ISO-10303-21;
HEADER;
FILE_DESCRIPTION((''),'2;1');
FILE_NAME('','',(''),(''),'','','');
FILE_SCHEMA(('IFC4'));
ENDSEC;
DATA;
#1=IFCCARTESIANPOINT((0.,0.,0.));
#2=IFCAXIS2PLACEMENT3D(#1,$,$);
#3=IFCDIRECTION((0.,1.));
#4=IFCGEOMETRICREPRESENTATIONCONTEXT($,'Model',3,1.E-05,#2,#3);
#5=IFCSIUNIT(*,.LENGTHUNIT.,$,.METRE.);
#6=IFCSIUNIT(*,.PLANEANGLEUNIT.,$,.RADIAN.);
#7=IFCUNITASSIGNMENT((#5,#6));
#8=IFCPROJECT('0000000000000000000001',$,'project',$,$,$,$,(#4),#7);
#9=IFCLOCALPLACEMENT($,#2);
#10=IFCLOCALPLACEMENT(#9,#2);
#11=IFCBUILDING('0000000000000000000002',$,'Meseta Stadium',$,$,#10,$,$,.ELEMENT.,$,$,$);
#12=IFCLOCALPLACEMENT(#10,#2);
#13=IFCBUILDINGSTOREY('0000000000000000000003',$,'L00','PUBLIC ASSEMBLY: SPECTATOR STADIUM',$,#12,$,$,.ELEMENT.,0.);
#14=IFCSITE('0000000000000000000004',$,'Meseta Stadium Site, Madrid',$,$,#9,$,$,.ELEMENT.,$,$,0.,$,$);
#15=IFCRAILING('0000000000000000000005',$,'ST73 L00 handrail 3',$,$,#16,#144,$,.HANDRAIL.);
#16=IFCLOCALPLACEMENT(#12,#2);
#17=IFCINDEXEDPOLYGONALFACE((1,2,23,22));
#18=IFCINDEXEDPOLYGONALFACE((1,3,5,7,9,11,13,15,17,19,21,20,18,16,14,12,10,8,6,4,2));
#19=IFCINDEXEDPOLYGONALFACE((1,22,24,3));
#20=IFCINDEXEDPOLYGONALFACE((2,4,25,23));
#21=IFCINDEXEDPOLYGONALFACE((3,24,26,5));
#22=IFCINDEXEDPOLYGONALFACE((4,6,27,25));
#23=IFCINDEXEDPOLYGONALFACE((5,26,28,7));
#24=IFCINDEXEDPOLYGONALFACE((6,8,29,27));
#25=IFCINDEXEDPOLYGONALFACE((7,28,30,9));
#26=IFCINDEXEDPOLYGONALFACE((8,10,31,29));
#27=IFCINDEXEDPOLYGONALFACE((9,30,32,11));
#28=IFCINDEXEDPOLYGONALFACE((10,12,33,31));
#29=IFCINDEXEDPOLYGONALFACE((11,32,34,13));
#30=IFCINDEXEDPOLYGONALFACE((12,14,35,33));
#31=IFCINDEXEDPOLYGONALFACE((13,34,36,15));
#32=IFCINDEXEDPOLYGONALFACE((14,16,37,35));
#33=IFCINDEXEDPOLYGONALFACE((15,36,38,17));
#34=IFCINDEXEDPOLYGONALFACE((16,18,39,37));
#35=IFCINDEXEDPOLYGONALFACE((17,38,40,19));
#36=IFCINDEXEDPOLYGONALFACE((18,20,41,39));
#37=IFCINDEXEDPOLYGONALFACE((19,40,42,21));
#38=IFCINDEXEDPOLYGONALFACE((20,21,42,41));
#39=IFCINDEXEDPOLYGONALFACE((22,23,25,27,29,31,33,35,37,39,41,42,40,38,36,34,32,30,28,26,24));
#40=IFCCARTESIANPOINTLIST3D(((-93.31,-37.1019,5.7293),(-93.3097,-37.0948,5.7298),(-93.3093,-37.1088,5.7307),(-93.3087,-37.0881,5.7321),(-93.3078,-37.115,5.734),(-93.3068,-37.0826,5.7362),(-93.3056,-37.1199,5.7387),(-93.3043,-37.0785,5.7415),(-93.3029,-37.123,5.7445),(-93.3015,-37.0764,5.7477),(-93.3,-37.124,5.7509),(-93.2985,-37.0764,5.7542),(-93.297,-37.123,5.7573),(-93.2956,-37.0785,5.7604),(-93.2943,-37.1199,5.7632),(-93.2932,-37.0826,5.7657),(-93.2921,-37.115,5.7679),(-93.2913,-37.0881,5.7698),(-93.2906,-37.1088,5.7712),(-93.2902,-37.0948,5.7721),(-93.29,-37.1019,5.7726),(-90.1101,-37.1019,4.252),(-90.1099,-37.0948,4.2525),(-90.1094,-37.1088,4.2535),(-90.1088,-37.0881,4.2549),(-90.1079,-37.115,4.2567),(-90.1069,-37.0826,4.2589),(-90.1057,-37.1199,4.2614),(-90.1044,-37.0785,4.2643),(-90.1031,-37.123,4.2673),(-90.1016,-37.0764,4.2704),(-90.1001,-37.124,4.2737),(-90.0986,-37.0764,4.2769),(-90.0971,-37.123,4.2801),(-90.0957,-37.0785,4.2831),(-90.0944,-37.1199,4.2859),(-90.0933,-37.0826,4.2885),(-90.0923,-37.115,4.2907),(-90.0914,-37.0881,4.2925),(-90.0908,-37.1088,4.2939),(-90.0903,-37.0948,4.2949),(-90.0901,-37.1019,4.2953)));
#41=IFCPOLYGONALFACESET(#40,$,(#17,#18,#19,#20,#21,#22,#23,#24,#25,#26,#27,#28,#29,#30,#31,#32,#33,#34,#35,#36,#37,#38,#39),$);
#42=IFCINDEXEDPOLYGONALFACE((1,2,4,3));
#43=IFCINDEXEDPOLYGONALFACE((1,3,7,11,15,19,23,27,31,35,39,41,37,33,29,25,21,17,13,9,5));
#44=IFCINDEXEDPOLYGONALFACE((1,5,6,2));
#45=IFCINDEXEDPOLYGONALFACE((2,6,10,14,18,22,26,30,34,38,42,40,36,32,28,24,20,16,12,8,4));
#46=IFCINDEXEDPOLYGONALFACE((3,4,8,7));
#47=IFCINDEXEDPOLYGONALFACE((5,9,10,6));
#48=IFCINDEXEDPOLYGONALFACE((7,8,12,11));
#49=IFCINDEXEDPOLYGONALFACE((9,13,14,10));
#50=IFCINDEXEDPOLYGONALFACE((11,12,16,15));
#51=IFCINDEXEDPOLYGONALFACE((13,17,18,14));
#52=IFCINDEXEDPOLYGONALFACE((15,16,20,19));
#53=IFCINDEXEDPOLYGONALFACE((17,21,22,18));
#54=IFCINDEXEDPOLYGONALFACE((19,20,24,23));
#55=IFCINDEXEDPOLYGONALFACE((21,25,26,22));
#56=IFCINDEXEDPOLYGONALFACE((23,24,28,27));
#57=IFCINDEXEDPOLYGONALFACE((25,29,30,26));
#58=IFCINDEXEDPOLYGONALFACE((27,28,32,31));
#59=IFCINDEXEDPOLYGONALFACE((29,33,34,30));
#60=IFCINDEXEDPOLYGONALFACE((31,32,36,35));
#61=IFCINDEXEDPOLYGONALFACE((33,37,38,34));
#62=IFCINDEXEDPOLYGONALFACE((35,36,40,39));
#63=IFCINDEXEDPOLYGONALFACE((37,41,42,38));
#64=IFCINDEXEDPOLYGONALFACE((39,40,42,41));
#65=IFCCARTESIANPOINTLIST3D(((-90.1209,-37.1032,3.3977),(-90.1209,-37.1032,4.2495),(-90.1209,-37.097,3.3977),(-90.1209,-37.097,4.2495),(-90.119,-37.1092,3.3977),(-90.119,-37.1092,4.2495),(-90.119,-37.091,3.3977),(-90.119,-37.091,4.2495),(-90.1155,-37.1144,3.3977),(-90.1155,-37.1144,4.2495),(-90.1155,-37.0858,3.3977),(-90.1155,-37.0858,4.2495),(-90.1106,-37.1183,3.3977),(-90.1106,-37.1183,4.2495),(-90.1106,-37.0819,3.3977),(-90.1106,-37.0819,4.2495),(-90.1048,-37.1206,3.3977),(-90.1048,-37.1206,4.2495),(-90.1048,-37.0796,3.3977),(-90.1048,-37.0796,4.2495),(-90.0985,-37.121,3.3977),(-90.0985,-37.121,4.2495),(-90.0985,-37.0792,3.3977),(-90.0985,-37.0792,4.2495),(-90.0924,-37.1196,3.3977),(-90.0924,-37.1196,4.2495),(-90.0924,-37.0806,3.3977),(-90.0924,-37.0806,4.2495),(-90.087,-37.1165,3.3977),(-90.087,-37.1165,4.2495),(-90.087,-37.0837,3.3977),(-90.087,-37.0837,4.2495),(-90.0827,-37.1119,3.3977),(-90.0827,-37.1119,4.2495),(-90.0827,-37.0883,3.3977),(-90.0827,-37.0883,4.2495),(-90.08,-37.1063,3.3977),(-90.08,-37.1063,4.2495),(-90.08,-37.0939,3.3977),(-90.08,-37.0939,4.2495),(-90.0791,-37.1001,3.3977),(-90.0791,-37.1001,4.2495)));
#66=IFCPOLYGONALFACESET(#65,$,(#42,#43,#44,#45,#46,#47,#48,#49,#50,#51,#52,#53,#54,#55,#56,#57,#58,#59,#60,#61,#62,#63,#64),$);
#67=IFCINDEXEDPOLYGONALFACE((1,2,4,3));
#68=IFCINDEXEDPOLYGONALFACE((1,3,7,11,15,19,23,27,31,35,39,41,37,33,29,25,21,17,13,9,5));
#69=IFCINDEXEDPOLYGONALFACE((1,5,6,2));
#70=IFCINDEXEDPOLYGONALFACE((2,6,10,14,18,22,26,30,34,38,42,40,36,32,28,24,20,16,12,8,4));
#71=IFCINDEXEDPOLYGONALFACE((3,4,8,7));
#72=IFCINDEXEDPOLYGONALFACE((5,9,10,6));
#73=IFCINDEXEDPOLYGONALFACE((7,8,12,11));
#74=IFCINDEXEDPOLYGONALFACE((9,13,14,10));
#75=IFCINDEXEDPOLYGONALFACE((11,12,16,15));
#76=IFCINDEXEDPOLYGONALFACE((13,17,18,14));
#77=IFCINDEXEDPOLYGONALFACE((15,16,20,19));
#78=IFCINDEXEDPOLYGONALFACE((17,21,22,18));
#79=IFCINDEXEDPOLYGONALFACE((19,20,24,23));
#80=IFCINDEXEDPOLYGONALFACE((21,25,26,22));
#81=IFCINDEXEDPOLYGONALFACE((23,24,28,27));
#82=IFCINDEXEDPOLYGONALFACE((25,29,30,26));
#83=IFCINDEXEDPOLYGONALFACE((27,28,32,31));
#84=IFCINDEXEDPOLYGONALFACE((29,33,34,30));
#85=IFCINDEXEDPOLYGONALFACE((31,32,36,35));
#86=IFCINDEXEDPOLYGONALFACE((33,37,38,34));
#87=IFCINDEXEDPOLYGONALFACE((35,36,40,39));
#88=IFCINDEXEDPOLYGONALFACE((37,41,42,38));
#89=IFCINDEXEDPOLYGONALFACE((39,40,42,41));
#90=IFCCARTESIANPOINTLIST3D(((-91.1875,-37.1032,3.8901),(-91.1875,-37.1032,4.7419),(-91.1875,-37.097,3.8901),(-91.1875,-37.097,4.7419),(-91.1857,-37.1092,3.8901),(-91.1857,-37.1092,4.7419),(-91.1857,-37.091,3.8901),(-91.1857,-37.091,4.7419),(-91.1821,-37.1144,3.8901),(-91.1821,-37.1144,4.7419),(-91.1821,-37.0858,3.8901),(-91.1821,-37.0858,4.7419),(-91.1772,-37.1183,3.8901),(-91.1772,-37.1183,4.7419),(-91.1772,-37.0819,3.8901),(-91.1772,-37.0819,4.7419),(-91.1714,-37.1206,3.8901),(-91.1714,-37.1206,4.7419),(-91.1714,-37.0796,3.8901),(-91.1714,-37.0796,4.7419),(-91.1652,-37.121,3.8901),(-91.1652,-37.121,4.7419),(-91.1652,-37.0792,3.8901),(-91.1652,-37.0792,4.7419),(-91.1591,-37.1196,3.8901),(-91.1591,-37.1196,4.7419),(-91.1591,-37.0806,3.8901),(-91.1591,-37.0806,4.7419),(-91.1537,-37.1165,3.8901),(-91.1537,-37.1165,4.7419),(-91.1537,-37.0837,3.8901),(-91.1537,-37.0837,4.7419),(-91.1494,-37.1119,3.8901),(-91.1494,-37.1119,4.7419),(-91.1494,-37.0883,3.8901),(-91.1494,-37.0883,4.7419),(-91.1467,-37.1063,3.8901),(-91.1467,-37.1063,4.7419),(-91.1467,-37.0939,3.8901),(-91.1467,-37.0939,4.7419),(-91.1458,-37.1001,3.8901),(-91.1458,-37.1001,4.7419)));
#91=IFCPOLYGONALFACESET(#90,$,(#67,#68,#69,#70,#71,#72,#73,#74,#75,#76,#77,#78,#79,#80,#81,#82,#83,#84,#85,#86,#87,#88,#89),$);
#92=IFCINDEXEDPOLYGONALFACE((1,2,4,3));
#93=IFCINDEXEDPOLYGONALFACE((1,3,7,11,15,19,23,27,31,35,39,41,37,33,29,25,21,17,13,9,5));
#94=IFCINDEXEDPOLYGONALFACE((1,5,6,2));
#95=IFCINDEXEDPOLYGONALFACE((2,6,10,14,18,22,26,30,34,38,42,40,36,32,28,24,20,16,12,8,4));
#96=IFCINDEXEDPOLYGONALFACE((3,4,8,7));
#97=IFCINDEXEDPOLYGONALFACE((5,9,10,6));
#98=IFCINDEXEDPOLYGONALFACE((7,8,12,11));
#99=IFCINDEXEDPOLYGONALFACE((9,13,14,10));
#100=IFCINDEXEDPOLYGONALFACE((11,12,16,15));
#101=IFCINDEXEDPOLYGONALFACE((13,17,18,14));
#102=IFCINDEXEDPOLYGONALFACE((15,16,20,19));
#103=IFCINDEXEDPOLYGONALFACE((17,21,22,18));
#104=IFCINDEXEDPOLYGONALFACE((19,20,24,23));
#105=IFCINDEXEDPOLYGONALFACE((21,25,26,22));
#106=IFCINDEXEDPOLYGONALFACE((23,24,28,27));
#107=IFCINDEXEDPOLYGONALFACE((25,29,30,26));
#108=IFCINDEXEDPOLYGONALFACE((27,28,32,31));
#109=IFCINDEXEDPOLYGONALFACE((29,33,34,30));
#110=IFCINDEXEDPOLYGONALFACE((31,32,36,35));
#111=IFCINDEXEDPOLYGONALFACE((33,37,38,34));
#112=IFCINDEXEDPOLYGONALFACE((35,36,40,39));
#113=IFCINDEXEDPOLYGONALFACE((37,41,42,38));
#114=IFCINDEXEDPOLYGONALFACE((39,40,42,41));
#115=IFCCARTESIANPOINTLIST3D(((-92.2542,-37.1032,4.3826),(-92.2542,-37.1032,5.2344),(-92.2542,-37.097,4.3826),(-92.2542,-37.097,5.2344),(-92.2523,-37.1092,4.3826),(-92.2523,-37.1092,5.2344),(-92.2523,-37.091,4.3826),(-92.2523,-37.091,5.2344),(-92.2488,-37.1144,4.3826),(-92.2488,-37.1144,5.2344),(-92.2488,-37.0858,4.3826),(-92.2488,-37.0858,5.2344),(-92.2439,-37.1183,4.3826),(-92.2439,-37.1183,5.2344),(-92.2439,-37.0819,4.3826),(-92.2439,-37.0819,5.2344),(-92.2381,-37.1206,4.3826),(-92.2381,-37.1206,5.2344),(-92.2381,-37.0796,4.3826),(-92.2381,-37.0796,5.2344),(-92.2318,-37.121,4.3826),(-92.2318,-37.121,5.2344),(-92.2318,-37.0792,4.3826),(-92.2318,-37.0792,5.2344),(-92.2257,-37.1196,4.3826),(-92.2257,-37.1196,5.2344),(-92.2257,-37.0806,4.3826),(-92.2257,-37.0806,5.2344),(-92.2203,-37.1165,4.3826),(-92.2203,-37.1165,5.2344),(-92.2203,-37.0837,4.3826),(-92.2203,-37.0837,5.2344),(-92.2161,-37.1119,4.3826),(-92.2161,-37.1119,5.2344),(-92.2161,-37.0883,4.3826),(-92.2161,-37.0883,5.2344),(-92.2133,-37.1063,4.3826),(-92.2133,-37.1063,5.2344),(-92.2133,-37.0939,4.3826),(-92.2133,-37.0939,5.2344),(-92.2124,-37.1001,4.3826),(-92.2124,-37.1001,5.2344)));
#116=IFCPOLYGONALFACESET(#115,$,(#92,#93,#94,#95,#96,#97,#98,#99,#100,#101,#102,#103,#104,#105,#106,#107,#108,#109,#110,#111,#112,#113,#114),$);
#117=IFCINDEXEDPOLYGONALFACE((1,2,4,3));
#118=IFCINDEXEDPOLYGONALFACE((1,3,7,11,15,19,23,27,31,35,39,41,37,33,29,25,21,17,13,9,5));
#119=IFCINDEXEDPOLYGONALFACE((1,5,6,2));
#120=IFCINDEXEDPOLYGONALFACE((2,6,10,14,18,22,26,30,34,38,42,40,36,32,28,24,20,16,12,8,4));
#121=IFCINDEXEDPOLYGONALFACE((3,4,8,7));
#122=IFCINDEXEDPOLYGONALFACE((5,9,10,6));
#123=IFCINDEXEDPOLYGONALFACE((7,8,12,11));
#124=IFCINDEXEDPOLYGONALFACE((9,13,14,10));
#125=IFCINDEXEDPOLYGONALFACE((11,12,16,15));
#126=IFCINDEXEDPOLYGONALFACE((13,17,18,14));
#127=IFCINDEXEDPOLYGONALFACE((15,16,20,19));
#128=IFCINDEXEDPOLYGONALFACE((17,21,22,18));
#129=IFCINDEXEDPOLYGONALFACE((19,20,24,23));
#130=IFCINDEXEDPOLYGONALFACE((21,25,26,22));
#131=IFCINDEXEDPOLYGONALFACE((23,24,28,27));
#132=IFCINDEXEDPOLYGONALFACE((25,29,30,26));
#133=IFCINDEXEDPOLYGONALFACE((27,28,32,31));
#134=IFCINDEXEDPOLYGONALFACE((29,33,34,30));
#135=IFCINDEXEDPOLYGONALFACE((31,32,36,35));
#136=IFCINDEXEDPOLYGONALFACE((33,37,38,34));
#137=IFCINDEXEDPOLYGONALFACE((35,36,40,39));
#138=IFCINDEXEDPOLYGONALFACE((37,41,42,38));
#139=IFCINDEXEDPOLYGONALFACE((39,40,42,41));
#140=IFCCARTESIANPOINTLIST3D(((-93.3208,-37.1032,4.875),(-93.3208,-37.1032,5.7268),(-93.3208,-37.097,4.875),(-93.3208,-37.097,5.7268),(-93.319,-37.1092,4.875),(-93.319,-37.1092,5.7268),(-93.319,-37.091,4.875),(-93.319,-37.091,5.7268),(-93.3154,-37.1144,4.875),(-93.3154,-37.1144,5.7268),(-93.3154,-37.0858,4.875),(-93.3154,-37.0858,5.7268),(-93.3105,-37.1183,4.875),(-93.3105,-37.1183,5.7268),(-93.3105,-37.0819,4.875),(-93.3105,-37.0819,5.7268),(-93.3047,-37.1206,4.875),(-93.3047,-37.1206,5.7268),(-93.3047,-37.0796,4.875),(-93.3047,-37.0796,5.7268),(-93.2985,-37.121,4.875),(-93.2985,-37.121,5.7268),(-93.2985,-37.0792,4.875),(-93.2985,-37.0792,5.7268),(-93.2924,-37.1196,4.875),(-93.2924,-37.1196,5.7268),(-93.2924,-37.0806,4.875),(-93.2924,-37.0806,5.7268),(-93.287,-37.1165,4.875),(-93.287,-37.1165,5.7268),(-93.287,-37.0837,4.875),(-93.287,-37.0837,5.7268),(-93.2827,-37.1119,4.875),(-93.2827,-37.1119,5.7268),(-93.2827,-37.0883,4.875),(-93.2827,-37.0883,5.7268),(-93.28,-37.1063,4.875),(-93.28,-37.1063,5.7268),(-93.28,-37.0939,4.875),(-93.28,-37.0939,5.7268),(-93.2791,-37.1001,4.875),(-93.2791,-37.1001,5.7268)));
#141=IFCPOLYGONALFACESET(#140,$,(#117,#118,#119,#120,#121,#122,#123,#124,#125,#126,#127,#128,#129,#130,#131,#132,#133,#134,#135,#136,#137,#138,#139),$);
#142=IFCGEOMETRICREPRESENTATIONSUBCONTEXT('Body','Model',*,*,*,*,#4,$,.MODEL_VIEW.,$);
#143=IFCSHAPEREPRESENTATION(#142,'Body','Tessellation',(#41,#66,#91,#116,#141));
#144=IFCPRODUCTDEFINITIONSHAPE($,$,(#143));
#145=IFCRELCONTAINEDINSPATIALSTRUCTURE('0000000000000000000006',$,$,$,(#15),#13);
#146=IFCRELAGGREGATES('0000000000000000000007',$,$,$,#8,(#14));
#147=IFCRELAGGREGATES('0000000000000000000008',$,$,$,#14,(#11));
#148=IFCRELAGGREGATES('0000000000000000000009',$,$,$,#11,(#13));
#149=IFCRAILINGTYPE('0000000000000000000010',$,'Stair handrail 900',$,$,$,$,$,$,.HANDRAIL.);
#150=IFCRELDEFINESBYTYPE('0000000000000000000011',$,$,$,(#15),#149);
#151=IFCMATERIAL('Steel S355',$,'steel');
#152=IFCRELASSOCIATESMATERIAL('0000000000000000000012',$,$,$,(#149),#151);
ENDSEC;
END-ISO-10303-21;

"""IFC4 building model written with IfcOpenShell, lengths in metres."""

from ifc_helpers import new_model, si_unit, direction, frame, origin, origin_2d, place, context, subcontext, project, spatial, circle, extrude, material, type_object, element, save


model = new_model("IFC4")

# Units and contexts
model_context = context("Model", 3, precision=1e-05, world=origin(), true_north=direction((0.0, 1.0)))
body_context = subcontext(model_context, "Body", "Model", "MODEL_VIEW")
ifc_project = project(units=[si_unit("LENGTHUNIT", "METRE"), si_unit("PLANEANGLEUNIT", "RADIAN")], contexts=[model_context])

# Site, building, storey
site_placement = place(None, origin())
site = spatial("IfcSite", under=ifc_project, at=site_placement, Name="Meseta Stadium Site, Madrid", CompositionType="ELEMENT", RefElevation=0.0)
building_placement = place(site_placement, origin())
building = spatial("IfcBuilding", under=site, at=building_placement, Name="Meseta Stadium", CompositionType="ELEMENT")
storey_placement = place(building_placement, origin())
storey = spatial("IfcBuildingStorey", under=building, at=storey_placement, Name="L00", Description="PUBLIC ASSEMBLY: SPECTATOR STADIUM", CompositionType="ELEMENT", Elevation=0.0)

# Railing
ifc_material_1 = material(Name="Steel S355", Category="steel")
railing_type_1 = type_object("IfcRailingType", Name="Stair handrail 900", PredefinedType="HANDRAIL", material=ifc_material_1)
for number, where, name in (
    (1, (-90.1001, -37.1001, 3.3977), "ST73 L00 handrail 3"),
):
    element("IfcRailing", number, at=place(storey_placement, frame(where)), inside=storey, type_object=railing_type_1, Name=name, PredefinedType="HANDRAIL", context=body_context, shape_type="SweptSolid", body=[
        extrude(circle(Radius=0.0239, at=origin_2d()), frame((0.0, 0.0, 0.876), z_axis=(-0.907917, 0.0, 0.41915), x_axis=(0.0, -1.0, 0.0)), (0.0, 0.0, 1.0), 3.5244),
        extrude(circle(Radius=0.021, at=origin_2d()), origin(), (0.0, 0.0, 1.0), 0.8518),
        extrude(circle(Radius=0.021, at=origin_2d()), frame((-1.0667, 0.0, 0.4924)), (0.0, 0.0, 1.0), 0.8518),
        extrude(circle(Radius=0.021, at=origin_2d()), frame((-2.1333, 0.0, 0.9849)), (0.0, 0.0, 1.0), 0.8518),
        extrude(circle(Radius=0.021, at=origin_2d()), frame((-3.2, 0.0, 1.4773)), (0.0, 0.0, 1.0), 0.8518),
    ])

save(model, "model.ifc")
